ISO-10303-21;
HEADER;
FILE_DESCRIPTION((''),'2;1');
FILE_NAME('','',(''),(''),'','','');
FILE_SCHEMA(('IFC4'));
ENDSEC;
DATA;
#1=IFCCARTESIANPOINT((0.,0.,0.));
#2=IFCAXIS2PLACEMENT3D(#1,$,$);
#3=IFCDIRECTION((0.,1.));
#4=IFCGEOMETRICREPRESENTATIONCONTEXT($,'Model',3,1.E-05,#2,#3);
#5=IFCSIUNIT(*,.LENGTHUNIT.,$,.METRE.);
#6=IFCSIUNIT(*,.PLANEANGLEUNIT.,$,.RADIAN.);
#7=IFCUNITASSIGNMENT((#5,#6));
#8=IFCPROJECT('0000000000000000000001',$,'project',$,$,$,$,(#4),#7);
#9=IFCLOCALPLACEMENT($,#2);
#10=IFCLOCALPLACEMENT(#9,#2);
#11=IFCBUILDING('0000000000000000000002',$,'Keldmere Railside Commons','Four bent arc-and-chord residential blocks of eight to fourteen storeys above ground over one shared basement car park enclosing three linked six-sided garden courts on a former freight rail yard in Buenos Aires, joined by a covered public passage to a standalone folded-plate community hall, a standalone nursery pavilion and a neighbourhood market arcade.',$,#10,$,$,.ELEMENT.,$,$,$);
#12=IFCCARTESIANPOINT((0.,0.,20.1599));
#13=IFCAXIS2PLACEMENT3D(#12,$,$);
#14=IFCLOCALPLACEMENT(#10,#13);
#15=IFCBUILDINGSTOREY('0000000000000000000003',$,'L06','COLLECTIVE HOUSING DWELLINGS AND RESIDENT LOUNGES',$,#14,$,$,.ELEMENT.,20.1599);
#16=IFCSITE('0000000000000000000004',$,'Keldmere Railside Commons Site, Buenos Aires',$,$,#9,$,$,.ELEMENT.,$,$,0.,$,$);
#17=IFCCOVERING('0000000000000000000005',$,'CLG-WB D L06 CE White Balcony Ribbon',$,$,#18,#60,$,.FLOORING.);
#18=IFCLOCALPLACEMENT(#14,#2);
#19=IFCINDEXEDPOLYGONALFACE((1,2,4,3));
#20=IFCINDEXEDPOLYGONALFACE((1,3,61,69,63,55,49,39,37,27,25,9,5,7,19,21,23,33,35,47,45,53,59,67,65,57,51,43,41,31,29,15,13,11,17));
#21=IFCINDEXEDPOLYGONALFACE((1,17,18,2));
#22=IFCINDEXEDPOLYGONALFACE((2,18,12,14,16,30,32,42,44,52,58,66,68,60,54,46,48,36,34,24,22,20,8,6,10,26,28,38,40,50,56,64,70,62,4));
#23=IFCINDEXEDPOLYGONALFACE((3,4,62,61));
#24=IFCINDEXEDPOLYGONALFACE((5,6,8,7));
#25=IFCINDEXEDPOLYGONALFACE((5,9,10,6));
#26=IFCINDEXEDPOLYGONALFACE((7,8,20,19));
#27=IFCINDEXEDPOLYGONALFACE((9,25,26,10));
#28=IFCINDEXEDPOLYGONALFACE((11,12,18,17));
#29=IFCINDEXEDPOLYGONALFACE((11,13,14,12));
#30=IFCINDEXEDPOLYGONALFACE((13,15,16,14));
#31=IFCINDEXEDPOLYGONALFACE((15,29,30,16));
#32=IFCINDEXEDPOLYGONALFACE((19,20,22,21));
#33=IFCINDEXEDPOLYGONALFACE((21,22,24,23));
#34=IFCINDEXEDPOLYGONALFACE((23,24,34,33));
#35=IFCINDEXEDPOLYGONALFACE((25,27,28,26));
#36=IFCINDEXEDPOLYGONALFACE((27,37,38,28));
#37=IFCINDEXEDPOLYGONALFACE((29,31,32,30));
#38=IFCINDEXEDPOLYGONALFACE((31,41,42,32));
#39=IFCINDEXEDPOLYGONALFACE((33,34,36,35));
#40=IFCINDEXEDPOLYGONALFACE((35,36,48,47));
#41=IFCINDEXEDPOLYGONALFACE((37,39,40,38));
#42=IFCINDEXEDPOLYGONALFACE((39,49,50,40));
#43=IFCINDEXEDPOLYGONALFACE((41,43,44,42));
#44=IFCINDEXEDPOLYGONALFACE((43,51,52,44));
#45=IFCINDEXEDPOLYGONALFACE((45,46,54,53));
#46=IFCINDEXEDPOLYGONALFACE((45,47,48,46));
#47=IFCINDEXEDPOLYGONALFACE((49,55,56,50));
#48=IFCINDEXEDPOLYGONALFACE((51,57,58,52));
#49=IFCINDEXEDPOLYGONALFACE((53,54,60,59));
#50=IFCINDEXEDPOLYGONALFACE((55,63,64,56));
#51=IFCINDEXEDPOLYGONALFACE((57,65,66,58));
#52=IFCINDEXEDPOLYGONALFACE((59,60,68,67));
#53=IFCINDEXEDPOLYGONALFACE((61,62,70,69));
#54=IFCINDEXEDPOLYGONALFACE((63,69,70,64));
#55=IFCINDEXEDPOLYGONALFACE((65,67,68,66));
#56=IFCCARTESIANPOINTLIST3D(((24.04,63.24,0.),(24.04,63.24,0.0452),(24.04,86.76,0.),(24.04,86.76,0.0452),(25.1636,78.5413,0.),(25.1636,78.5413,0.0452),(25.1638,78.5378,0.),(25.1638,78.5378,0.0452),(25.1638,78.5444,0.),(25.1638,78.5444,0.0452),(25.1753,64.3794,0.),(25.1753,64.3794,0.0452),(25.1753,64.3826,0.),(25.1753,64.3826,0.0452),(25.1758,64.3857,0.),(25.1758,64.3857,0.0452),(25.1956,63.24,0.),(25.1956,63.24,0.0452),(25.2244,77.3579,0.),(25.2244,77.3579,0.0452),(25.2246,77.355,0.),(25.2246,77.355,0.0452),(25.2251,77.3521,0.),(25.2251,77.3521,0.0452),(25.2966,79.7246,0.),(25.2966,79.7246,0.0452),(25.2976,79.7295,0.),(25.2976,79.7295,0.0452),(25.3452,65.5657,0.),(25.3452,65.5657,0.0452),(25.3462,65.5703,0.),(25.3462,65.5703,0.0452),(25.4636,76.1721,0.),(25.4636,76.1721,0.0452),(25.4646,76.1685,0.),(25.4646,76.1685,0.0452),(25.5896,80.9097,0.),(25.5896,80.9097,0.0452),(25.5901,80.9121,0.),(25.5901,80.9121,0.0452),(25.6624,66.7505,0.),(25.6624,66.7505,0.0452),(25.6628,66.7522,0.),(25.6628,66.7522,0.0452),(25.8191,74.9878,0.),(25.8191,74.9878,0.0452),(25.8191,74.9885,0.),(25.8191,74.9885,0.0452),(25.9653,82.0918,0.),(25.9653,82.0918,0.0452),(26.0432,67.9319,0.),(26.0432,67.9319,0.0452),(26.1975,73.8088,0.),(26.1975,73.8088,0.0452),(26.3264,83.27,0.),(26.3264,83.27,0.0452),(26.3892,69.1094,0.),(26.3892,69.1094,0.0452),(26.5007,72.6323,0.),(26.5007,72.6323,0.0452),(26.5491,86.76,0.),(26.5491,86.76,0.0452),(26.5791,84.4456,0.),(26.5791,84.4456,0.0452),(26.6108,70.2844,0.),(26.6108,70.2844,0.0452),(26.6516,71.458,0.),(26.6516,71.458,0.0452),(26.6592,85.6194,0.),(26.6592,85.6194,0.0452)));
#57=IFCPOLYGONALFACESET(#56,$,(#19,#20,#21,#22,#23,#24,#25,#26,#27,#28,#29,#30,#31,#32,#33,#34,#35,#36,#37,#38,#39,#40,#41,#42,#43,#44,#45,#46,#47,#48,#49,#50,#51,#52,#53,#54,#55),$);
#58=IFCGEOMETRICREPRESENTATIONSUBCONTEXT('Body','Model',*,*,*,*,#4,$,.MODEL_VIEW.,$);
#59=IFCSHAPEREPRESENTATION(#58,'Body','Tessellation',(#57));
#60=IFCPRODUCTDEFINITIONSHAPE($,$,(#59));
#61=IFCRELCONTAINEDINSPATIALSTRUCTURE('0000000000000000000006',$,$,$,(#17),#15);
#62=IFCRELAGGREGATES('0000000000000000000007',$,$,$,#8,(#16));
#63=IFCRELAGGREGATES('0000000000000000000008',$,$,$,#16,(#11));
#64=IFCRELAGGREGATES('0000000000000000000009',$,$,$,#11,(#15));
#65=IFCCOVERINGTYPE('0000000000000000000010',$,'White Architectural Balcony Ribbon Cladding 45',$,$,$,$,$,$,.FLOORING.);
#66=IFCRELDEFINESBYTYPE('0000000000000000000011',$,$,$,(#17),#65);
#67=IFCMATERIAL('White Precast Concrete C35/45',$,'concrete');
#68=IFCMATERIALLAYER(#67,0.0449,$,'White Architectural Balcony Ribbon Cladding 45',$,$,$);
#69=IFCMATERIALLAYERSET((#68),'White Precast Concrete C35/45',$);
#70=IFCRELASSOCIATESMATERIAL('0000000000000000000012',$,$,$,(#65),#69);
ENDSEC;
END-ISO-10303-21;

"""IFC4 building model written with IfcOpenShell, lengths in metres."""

from ifc_helpers import new_model, si_unit, direction, frame, origin, place, context, subcontext, project, spatial, polyline, outline, extrude, material, layer, layer_set, type_object, element, save


model = new_model("IFC4")

# Units and contexts
model_context = context("Model", 3, precision=1e-05, world=origin(), true_north=direction((0.0, 1.0)))
body_context = subcontext(model_context, "Body", "Model", "MODEL_VIEW")
ifc_project = project(units=[si_unit("LENGTHUNIT", "METRE"), si_unit("PLANEANGLEUNIT", "RADIAN")], contexts=[model_context])

# Site, building, storey
site_placement = place(None, origin())
site = spatial("IfcSite", under=ifc_project, at=site_placement, Name="Keldmere Railside Commons Site, Buenos Aires", CompositionType="ELEMENT", RefElevation=0.0)
building_placement = place(site_placement, origin())
building = spatial("IfcBuilding", under=site, at=building_placement, Name="Keldmere Railside Commons", Description="Four bent arc-and-chord residential blocks of eight to fourteen storeys above ground over one shared basement car park enclosing three linked six-sided garden courts on a former freight rail yard in Buenos Aires, joined by a covered public passage to a standalone folded-plate community hall, a standalone nursery pavilion and a neighbourhood market arcade.", CompositionType="ELEMENT")
storey_placement = place(building_placement, frame((0.0, 0.0, 20.1599)))
storey = spatial("IfcBuildingStorey", under=building, at=storey_placement, Name="L06", Description="COLLECTIVE HOUSING DWELLINGS AND RESIDENT LOUNGES", CompositionType="ELEMENT", Elevation=20.1599)

# Covering
ifc_material_1 = material(Name="White Precast Concrete C35/45", Category="concrete")
ifc_layer_1 = layer(ifc_material_1, 0.0449, Name="White Architectural Balcony Ribbon Cladding 45")
ifc_layer_set_1 = layer_set([ifc_layer_1], Name="White Precast Concrete C35/45")
covering_type = type_object("IfcCoveringType", Name="White Architectural Balcony Ribbon Cladding 45", PredefinedType="FLOORING", material=ifc_layer_set_1)
covering_placement = place(storey_placement, origin())
element("IfcCovering", 1, at=covering_placement, inside=storey, type_object=covering_type, Name="CLG-WB D L06 CE White Balcony Ribbon", PredefinedType="FLOORING", context=body_context, shape_type="SweptSolid", body=[
    extrude(outline(polyline([(25.1753, 64.3794), (25.1753, 64.3826), (25.1758, 64.3857), (25.3452, 65.5657), (25.3462, 65.5703), (25.6624, 66.7505), (25.6628, 66.7522), (26.0432, 67.9319), (26.3892, 69.1094), (26.6108, 70.2844), (26.6516, 71.458), (26.5007, 72.6323), (26.1975, 73.8088), (25.8191, 74.9878), (25.8191, 74.9885), (25.4646, 76.1685), (25.4636, 76.1721), (25.2251, 77.3521), (25.2246, 77.355), (25.2244, 77.3579), (25.1638, 78.5378), (25.1636, 78.5413), (25.1638, 78.5444), (25.2966, 79.7246), (25.2976, 79.7295), (25.5896, 80.9097), (25.5901, 80.9121), (25.9653, 82.0918), (26.3264, 83.27), (26.5791, 84.4456), (26.6592, 85.6194), (26.5491, 86.76), (24.04, 86.76), (24.04, 63.24), (25.1956, 63.24), (25.1753, 64.3794)])), origin(), (0.0, 0.0, 1.0), 0.0452),
])

save(model, "model.ifc")
